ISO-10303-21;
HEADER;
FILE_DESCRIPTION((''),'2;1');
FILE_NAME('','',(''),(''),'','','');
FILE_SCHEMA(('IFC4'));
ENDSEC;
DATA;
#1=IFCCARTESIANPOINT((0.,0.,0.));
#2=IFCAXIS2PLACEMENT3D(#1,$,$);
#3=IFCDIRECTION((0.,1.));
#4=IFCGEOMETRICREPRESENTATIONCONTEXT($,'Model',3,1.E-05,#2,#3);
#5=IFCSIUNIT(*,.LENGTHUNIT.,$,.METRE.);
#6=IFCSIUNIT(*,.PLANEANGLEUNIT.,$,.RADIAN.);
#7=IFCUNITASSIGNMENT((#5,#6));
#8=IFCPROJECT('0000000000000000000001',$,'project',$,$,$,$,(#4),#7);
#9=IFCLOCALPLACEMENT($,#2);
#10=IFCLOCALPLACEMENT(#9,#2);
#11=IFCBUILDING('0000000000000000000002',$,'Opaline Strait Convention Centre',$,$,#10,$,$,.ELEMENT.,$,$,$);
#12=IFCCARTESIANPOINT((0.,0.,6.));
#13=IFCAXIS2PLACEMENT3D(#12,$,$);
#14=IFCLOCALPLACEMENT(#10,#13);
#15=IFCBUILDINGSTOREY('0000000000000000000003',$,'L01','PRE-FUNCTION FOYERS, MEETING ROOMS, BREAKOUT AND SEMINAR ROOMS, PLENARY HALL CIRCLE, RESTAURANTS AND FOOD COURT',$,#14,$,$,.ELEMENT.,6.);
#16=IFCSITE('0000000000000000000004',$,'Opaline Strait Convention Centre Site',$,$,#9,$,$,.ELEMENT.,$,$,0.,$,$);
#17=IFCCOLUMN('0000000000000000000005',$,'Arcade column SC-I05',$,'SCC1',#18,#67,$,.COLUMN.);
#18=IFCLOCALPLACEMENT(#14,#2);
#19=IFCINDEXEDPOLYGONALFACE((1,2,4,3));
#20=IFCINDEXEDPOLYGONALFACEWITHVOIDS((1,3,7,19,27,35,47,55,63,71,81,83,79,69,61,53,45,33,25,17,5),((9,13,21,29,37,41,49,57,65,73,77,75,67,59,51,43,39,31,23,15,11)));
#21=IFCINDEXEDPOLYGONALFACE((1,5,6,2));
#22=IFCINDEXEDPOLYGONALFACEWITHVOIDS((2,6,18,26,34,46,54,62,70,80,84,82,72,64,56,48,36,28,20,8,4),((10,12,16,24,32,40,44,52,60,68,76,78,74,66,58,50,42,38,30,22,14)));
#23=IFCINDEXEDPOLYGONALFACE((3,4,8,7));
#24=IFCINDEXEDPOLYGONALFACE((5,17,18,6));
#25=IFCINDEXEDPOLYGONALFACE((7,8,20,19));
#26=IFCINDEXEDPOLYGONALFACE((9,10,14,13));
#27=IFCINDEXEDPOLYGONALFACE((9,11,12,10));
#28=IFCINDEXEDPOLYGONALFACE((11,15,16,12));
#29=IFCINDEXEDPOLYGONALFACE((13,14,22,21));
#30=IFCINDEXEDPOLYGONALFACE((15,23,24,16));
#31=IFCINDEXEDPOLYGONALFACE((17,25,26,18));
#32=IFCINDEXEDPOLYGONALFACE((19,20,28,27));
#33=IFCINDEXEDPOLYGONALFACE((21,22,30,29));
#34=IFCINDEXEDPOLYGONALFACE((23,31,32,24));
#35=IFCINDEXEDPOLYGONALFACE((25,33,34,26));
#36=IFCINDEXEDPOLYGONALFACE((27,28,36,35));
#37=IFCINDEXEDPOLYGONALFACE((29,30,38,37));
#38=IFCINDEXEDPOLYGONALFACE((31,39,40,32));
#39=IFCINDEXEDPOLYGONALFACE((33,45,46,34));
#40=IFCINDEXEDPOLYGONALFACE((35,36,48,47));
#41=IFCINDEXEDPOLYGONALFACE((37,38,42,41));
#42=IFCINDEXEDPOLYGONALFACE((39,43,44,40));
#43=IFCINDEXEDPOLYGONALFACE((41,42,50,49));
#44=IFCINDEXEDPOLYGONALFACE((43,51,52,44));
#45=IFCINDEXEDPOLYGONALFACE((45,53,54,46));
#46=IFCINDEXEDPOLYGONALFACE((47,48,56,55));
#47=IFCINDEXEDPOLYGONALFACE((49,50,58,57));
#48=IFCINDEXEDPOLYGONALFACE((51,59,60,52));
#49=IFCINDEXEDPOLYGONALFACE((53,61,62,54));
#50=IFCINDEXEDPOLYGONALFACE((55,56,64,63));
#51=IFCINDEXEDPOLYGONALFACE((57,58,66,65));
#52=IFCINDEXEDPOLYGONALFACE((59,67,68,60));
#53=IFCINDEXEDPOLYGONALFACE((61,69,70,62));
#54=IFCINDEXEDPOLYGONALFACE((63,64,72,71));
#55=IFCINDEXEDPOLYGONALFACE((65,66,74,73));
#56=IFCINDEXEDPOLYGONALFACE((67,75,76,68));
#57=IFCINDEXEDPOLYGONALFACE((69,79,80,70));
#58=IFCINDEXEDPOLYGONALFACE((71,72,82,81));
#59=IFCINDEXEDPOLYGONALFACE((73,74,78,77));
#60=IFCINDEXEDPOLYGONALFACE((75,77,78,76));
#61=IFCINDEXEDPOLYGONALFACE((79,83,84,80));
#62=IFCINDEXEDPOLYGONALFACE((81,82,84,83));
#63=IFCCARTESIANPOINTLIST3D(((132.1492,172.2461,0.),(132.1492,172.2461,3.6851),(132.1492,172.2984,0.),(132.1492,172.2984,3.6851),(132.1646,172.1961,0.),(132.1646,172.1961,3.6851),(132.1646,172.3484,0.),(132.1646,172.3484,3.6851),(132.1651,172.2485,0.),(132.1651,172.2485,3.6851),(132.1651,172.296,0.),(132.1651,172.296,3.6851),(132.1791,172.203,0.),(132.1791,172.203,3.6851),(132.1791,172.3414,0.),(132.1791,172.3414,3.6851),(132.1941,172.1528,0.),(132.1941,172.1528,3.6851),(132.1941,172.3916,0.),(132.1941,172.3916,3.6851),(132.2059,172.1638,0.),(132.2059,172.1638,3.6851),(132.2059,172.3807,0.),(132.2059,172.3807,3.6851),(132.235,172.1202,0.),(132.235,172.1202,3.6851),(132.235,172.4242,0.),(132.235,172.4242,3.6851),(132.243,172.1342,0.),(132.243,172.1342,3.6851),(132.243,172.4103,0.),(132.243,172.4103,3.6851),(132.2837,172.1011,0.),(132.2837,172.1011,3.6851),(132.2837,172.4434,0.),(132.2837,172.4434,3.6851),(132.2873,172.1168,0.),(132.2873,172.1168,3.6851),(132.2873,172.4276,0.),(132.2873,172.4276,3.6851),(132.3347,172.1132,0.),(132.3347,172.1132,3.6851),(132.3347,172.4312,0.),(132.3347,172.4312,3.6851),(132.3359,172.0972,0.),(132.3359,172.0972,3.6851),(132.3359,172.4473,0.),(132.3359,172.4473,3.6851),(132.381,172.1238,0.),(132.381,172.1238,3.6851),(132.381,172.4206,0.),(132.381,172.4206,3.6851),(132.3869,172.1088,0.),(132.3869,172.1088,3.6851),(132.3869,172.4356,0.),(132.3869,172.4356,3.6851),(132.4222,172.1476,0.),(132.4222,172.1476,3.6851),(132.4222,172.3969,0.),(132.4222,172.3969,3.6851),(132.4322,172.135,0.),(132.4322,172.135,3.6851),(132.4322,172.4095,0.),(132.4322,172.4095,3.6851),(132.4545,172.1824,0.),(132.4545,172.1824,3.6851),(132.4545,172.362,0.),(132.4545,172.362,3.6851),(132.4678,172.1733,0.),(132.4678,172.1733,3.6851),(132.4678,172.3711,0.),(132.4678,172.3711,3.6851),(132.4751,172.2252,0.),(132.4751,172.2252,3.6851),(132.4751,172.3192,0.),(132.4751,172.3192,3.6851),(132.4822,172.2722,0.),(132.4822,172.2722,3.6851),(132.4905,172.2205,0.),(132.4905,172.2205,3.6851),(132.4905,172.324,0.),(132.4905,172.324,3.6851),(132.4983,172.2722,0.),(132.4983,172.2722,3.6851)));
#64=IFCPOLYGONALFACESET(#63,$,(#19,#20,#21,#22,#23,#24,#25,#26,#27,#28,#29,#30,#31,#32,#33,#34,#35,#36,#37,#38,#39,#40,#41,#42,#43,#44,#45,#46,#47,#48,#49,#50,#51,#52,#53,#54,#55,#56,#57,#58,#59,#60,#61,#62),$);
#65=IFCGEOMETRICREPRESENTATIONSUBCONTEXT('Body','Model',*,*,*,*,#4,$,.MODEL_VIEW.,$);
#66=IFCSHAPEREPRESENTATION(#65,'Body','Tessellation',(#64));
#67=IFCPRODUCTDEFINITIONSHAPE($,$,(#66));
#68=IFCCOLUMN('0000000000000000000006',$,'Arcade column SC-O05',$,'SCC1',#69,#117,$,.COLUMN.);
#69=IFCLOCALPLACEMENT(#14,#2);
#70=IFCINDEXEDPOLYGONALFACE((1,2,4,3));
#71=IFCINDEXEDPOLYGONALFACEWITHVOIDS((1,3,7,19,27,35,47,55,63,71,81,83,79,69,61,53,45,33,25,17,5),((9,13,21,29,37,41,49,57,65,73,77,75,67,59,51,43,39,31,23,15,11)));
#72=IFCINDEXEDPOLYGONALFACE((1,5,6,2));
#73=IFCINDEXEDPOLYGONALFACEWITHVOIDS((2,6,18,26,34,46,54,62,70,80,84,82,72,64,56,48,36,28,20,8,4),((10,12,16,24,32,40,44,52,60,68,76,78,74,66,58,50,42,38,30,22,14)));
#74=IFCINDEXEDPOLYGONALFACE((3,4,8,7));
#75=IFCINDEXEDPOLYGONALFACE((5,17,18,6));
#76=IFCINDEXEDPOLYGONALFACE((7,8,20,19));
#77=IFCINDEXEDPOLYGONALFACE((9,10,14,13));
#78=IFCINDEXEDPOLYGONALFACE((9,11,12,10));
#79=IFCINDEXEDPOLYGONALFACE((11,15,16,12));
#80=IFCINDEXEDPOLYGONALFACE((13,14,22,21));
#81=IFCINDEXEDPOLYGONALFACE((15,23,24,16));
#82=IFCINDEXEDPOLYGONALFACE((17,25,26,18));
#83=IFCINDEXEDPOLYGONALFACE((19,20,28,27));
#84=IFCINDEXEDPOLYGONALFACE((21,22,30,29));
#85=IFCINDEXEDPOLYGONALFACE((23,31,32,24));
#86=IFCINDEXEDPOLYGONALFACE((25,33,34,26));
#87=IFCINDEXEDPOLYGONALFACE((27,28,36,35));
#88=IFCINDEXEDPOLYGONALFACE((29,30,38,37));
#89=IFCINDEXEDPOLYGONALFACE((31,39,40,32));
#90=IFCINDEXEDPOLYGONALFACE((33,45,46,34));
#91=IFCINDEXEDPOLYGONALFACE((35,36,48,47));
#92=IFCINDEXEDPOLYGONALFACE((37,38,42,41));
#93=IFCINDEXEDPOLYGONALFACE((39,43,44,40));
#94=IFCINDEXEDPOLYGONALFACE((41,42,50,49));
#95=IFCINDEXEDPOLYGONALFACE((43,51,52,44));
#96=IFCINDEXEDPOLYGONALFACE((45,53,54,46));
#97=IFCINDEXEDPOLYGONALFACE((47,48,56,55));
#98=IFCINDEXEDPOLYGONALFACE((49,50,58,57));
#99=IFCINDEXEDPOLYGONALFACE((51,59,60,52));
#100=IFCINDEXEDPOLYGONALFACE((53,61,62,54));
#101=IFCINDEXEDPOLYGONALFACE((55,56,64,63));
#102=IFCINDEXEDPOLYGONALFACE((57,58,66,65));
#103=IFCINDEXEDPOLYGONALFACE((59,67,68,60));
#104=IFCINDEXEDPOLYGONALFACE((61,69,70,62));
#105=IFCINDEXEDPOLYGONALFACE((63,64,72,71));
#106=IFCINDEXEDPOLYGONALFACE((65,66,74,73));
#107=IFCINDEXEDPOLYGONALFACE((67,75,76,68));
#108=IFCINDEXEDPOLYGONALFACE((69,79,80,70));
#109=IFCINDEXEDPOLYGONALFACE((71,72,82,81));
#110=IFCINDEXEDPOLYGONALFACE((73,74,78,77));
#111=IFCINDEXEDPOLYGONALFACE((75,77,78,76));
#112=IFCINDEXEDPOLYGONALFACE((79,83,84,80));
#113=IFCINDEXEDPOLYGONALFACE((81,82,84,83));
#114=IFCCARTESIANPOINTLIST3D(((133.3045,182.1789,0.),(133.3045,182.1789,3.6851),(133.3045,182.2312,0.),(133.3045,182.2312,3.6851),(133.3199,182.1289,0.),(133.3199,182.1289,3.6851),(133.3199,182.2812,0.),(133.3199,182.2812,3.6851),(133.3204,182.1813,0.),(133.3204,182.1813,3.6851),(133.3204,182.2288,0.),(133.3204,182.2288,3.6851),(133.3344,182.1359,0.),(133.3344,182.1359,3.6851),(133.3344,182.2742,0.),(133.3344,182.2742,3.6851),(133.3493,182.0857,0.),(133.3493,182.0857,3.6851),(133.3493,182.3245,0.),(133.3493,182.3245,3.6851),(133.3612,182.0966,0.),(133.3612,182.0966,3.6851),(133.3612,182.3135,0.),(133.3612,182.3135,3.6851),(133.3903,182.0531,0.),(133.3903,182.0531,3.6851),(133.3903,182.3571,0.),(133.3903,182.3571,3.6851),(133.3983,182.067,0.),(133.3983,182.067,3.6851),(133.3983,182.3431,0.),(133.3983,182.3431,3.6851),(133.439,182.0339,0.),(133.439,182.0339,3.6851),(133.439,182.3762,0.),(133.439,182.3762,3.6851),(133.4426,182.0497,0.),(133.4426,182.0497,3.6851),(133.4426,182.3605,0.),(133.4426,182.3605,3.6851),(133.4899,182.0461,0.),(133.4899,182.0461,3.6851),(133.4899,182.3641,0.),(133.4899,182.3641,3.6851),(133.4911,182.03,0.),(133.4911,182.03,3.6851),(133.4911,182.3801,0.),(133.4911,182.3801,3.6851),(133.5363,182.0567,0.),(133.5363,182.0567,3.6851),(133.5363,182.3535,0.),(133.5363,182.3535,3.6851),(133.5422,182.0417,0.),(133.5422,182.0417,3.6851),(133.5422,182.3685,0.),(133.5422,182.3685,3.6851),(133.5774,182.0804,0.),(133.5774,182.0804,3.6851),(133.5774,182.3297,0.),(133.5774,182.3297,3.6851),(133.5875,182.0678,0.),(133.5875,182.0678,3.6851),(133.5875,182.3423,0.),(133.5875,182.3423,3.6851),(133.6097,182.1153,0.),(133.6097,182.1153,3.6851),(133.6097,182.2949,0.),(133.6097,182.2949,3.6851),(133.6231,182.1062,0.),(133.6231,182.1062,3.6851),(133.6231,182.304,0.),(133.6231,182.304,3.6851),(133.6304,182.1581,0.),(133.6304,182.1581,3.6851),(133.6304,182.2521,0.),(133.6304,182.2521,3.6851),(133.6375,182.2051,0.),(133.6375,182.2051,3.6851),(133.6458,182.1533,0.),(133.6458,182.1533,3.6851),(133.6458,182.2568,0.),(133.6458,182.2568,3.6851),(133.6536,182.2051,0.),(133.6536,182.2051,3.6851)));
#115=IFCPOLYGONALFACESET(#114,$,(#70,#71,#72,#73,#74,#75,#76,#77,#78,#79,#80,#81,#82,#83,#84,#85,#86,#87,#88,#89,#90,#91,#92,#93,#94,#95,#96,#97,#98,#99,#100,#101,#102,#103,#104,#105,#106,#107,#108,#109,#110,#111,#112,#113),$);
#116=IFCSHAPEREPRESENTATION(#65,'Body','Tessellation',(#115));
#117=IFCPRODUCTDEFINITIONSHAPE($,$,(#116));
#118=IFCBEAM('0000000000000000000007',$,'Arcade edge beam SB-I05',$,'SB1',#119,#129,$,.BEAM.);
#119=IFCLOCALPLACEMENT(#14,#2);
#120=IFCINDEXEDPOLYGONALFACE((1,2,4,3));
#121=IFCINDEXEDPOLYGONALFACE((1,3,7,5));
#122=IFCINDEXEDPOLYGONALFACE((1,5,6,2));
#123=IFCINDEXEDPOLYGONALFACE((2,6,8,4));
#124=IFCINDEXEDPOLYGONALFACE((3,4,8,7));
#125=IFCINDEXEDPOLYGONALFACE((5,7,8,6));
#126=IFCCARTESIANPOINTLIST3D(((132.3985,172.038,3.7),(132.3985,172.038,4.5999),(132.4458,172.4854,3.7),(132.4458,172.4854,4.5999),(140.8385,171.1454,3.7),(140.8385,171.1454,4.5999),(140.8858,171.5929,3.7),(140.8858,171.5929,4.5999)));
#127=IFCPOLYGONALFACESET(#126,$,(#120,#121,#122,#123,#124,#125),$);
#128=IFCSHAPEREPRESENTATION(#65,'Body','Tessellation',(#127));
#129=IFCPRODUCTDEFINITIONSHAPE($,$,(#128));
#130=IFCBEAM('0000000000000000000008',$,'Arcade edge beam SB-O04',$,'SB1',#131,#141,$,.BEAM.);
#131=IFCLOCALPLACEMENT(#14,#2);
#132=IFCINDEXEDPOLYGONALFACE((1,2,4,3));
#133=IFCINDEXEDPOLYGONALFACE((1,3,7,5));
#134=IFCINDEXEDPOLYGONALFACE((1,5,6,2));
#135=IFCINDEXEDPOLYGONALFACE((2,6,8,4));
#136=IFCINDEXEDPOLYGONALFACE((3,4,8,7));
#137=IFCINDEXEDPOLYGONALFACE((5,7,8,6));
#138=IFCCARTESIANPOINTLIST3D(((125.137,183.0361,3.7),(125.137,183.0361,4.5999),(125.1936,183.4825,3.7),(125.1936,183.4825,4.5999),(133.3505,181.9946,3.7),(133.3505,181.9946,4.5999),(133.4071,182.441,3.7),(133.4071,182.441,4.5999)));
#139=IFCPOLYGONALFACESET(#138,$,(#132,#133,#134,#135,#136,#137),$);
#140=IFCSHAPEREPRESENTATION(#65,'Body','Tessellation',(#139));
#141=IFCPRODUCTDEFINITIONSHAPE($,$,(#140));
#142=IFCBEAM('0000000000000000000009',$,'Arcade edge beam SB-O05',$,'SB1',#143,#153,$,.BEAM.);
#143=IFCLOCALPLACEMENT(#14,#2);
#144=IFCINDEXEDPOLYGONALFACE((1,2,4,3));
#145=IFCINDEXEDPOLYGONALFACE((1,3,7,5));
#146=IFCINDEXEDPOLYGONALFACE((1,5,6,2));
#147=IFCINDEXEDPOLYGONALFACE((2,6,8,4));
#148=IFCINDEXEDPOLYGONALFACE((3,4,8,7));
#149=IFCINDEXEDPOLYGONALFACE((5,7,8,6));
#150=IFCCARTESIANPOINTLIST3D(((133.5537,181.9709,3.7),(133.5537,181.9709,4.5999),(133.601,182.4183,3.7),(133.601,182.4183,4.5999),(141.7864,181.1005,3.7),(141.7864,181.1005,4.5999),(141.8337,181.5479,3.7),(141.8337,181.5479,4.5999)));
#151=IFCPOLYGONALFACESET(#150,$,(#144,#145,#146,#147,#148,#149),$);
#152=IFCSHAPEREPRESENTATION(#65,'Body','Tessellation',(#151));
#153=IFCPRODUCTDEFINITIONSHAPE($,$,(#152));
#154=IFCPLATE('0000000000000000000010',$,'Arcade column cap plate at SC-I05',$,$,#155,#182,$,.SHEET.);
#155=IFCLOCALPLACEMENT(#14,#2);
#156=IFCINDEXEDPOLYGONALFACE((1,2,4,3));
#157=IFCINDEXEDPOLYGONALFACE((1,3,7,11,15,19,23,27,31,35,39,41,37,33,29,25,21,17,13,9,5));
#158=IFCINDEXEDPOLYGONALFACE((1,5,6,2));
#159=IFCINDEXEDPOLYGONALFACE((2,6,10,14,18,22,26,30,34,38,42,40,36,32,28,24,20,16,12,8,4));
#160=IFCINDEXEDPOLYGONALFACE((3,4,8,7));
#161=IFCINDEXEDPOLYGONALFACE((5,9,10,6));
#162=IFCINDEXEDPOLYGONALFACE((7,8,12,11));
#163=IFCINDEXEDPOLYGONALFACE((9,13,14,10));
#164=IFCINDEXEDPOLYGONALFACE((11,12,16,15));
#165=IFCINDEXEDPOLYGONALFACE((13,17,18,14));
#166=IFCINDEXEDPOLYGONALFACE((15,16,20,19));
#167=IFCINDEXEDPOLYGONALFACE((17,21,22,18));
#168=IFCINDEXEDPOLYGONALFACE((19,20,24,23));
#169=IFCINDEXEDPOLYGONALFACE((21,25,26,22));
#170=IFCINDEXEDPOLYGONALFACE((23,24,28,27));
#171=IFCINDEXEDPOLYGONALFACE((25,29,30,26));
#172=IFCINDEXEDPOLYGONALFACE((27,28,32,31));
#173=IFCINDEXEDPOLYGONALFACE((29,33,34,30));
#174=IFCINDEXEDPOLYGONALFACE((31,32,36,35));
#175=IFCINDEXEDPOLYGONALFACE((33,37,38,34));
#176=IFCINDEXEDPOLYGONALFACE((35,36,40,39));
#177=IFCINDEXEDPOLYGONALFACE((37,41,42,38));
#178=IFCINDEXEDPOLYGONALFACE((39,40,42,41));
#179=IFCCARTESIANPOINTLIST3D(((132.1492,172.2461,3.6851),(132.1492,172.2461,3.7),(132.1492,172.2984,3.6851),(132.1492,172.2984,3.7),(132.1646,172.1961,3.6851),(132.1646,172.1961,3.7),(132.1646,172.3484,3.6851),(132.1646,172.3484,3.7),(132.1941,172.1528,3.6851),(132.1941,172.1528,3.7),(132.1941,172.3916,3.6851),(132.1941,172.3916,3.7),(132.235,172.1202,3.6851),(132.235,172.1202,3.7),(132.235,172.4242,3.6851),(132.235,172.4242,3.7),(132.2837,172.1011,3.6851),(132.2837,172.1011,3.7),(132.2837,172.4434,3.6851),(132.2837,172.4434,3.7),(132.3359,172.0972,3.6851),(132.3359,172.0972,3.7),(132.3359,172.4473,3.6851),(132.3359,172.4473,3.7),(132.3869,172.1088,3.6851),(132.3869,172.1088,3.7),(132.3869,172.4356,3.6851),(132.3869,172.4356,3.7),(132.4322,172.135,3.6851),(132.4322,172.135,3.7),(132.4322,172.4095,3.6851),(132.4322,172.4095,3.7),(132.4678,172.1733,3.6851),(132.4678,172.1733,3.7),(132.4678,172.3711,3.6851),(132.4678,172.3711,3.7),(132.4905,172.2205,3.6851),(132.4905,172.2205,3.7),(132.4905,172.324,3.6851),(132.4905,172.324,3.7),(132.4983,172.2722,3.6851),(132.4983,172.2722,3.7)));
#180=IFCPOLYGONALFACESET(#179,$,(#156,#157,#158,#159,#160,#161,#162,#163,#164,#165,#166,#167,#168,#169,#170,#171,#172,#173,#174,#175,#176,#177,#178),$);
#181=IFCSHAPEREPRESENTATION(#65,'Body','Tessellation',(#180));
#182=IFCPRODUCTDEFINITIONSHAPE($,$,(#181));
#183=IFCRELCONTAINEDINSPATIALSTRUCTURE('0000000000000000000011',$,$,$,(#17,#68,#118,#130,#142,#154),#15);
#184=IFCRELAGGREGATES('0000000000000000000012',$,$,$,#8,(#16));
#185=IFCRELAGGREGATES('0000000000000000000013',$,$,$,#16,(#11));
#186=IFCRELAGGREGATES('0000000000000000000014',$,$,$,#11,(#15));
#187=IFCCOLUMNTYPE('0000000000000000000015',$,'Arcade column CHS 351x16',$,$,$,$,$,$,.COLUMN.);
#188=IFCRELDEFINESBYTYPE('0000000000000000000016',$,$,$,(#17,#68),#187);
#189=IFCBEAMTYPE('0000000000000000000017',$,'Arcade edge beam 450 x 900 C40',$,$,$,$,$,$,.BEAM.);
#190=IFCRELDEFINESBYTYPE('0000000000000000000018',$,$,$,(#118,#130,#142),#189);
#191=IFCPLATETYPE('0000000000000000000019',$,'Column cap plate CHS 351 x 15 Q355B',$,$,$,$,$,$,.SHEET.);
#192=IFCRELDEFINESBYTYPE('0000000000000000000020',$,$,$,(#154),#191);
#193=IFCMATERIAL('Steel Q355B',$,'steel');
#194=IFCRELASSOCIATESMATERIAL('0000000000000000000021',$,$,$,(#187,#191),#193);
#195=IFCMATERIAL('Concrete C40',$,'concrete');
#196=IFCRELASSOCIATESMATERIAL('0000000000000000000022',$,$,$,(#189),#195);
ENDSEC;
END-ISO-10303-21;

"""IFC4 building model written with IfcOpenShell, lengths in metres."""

from ifc_helpers import new_model, si_unit, direction, frame, origin, origin_2d, place, context, subcontext, project, spatial, rectangle, circle, hollow_circle, extrude, material, material_profile, profile_set, type_object, element, save


model = new_model("IFC4")

# Units and contexts
model_context = context("Model", 3, precision=1e-05, world=origin(), true_north=direction((0.0, 1.0)))
body_context = subcontext(model_context, "Body", "Model", "MODEL_VIEW")
ifc_project = project(units=[si_unit("LENGTHUNIT", "METRE"), si_unit("PLANEANGLEUNIT", "RADIAN")], contexts=[model_context])

# Site, building, storey
site_placement = place(None, origin())
site = spatial("IfcSite", under=ifc_project, at=site_placement, Name="Opaline Strait Convention Centre Site", CompositionType="ELEMENT", RefElevation=0.0)
building_placement = place(site_placement, origin())
building = spatial("IfcBuilding", under=site, at=building_placement, Name="Opaline Strait Convention Centre", CompositionType="ELEMENT")
storey_placement = place(building_placement, frame((0.0, 0.0, 6.0)))
storey = spatial("IfcBuildingStorey", under=building, at=storey_placement, Name="L01", Description="PRE-FUNCTION FOYERS, MEETING ROOMS, BREAKOUT AND SEMINAR ROOMS, PLENARY HALL CIRCLE, RESTAURANTS AND FOOD COURT", CompositionType="ELEMENT", Elevation=6.0)

# Columns
ifc_material_1 = material(Name="Steel Q355B", Category="steel")
ifc_material_profile_1 = material_profile(ifc_material_1, hollow_circle(Radius=0.1755, WallThickness=0.0161, at=origin_2d()), Name="CHS 351x16")
ifc_profile_set_1 = profile_set([ifc_material_profile_1], Name="Steel Q355B")
column_type = type_object("IfcColumnType", Name="Arcade column CHS 351x16", PredefinedType="COLUMN", material=ifc_profile_set_1)
for number, where, z_axis, x_axis, name in (
    (1, (132.3228, 172.2722, 0.0), (0.0, 0.0, 1.0), (1.0, 0.0, 0.0), "Arcade column SC-I05"),
    (2, (133.478, 182.2051, 0.0), (0.0, 0.0, 1.0), (1.0, 0.0, 0.0), "Arcade column SC-O05"),
):
    element("IfcColumn", number, at=place(storey_placement, frame(where, z_axis=z_axis, x_axis=x_axis)), inside=storey, type_object=column_type, Name=name, ObjectType="SCC1", PredefinedType="COLUMN", context=body_context, shape_type="SweptSolid", body=[
        extrude(hollow_circle(Radius=0.1755, WallThickness=0.0161, at=origin_2d()), origin(), (0.0, 0.0, 1.0), 3.6851),
    ])

# Beams
ifc_material_2 = material(Name="Concrete C40", Category="concrete")
ifc_material_profile_2 = material_profile(ifc_material_2, rectangle(XDim=0.45, YDim=0.8999, at=origin_2d()), Name="RC 450x900")
ifc_profile_set_2 = profile_set([ifc_material_profile_2], Name="Concrete C40")
beam_type = type_object("IfcBeamType", Name="Arcade edge beam 450 x 900 C40", PredefinedType="BEAM", material=ifc_profile_set_2)
beam_1_placement = place(storey_placement, frame((132.4221, 172.2617, 4.1499), z_axis=(0.994454, -0.10517, 0.0), x_axis=(0.10517, 0.994454, 0.0)))
element("IfcBeam", 3, at=beam_1_placement, inside=storey, type_object=beam_type, Name="Arcade edge beam SB-I05", ObjectType="SB1", PredefinedType="BEAM", context=body_context, shape_type="SweptSolid", body=[
    extrude(rectangle(XDim=0.45, YDim=0.8999, at=origin_2d()), origin(), (0.0, 0.0, 1.0), 8.4871),
])
beam_2_placement = place(storey_placement, frame((125.1653, 183.2593, 4.1499), z_axis=(0.992056, -0.125795, 0.0), x_axis=(0.125795, 0.992056, 0.0)))
element("IfcBeam", 4, at=beam_2_placement, inside=storey, type_object=beam_type, Name="Arcade edge beam SB-O04", ObjectType="SB1", PredefinedType="BEAM", context=body_context, shape_type="SweptSolid", body=[
    extrude(rectangle(XDim=0.45, YDim=0.8999, at=origin_2d()), origin(), (0.0, 0.0, 1.0), 8.2793),
])
beam_3_placement = place(storey_placement, frame((133.5774, 182.1946, 4.1499), z_axis=(0.994458, -0.105135, 0.0), x_axis=(0.105135, 0.994458, 0.0)))
element("IfcBeam", 5, at=beam_3_placement, inside=storey, type_object=beam_type, Name="Arcade edge beam SB-O05", ObjectType="SB1", PredefinedType="BEAM", context=body_context, shape_type="SweptSolid", body=[
    extrude(rectangle(XDim=0.45, YDim=0.8999, at=origin_2d()), origin(), (0.0, 0.0, 1.0), 8.2786),
])

# Plate
ifc_material_profile_3 = material_profile(ifc_material_1, circle(Radius=0.1755, at=origin_2d()), Name="D351")
ifc_profile_set_3 = profile_set([ifc_material_profile_3], Name="Steel Q355B")
plate_type = type_object("IfcPlateType", Name="Column cap plate CHS 351 x 15 Q355B", PredefinedType="SHEET", material=ifc_profile_set_3)
for number, where, z_axis, x_axis, name in (
    (6, (132.3228, 172.2722, 3.6851), (0.0, 0.0, 1.0), (1.0, 0.0, 0.0), "Arcade column cap plate at SC-I05"),
):
    element("IfcPlate", number, at=place(storey_placement, frame(where, z_axis=z_axis, x_axis=x_axis)), inside=storey, type_object=plate_type, Name=name, PredefinedType="SHEET", context=body_context, shape_type="SweptSolid", body=[
        extrude(circle(Radius=0.1755, at=origin_2d()), origin(), (0.0, 0.0, 1.0), 0.0149),
    ])

save(model, "model.ifc")
